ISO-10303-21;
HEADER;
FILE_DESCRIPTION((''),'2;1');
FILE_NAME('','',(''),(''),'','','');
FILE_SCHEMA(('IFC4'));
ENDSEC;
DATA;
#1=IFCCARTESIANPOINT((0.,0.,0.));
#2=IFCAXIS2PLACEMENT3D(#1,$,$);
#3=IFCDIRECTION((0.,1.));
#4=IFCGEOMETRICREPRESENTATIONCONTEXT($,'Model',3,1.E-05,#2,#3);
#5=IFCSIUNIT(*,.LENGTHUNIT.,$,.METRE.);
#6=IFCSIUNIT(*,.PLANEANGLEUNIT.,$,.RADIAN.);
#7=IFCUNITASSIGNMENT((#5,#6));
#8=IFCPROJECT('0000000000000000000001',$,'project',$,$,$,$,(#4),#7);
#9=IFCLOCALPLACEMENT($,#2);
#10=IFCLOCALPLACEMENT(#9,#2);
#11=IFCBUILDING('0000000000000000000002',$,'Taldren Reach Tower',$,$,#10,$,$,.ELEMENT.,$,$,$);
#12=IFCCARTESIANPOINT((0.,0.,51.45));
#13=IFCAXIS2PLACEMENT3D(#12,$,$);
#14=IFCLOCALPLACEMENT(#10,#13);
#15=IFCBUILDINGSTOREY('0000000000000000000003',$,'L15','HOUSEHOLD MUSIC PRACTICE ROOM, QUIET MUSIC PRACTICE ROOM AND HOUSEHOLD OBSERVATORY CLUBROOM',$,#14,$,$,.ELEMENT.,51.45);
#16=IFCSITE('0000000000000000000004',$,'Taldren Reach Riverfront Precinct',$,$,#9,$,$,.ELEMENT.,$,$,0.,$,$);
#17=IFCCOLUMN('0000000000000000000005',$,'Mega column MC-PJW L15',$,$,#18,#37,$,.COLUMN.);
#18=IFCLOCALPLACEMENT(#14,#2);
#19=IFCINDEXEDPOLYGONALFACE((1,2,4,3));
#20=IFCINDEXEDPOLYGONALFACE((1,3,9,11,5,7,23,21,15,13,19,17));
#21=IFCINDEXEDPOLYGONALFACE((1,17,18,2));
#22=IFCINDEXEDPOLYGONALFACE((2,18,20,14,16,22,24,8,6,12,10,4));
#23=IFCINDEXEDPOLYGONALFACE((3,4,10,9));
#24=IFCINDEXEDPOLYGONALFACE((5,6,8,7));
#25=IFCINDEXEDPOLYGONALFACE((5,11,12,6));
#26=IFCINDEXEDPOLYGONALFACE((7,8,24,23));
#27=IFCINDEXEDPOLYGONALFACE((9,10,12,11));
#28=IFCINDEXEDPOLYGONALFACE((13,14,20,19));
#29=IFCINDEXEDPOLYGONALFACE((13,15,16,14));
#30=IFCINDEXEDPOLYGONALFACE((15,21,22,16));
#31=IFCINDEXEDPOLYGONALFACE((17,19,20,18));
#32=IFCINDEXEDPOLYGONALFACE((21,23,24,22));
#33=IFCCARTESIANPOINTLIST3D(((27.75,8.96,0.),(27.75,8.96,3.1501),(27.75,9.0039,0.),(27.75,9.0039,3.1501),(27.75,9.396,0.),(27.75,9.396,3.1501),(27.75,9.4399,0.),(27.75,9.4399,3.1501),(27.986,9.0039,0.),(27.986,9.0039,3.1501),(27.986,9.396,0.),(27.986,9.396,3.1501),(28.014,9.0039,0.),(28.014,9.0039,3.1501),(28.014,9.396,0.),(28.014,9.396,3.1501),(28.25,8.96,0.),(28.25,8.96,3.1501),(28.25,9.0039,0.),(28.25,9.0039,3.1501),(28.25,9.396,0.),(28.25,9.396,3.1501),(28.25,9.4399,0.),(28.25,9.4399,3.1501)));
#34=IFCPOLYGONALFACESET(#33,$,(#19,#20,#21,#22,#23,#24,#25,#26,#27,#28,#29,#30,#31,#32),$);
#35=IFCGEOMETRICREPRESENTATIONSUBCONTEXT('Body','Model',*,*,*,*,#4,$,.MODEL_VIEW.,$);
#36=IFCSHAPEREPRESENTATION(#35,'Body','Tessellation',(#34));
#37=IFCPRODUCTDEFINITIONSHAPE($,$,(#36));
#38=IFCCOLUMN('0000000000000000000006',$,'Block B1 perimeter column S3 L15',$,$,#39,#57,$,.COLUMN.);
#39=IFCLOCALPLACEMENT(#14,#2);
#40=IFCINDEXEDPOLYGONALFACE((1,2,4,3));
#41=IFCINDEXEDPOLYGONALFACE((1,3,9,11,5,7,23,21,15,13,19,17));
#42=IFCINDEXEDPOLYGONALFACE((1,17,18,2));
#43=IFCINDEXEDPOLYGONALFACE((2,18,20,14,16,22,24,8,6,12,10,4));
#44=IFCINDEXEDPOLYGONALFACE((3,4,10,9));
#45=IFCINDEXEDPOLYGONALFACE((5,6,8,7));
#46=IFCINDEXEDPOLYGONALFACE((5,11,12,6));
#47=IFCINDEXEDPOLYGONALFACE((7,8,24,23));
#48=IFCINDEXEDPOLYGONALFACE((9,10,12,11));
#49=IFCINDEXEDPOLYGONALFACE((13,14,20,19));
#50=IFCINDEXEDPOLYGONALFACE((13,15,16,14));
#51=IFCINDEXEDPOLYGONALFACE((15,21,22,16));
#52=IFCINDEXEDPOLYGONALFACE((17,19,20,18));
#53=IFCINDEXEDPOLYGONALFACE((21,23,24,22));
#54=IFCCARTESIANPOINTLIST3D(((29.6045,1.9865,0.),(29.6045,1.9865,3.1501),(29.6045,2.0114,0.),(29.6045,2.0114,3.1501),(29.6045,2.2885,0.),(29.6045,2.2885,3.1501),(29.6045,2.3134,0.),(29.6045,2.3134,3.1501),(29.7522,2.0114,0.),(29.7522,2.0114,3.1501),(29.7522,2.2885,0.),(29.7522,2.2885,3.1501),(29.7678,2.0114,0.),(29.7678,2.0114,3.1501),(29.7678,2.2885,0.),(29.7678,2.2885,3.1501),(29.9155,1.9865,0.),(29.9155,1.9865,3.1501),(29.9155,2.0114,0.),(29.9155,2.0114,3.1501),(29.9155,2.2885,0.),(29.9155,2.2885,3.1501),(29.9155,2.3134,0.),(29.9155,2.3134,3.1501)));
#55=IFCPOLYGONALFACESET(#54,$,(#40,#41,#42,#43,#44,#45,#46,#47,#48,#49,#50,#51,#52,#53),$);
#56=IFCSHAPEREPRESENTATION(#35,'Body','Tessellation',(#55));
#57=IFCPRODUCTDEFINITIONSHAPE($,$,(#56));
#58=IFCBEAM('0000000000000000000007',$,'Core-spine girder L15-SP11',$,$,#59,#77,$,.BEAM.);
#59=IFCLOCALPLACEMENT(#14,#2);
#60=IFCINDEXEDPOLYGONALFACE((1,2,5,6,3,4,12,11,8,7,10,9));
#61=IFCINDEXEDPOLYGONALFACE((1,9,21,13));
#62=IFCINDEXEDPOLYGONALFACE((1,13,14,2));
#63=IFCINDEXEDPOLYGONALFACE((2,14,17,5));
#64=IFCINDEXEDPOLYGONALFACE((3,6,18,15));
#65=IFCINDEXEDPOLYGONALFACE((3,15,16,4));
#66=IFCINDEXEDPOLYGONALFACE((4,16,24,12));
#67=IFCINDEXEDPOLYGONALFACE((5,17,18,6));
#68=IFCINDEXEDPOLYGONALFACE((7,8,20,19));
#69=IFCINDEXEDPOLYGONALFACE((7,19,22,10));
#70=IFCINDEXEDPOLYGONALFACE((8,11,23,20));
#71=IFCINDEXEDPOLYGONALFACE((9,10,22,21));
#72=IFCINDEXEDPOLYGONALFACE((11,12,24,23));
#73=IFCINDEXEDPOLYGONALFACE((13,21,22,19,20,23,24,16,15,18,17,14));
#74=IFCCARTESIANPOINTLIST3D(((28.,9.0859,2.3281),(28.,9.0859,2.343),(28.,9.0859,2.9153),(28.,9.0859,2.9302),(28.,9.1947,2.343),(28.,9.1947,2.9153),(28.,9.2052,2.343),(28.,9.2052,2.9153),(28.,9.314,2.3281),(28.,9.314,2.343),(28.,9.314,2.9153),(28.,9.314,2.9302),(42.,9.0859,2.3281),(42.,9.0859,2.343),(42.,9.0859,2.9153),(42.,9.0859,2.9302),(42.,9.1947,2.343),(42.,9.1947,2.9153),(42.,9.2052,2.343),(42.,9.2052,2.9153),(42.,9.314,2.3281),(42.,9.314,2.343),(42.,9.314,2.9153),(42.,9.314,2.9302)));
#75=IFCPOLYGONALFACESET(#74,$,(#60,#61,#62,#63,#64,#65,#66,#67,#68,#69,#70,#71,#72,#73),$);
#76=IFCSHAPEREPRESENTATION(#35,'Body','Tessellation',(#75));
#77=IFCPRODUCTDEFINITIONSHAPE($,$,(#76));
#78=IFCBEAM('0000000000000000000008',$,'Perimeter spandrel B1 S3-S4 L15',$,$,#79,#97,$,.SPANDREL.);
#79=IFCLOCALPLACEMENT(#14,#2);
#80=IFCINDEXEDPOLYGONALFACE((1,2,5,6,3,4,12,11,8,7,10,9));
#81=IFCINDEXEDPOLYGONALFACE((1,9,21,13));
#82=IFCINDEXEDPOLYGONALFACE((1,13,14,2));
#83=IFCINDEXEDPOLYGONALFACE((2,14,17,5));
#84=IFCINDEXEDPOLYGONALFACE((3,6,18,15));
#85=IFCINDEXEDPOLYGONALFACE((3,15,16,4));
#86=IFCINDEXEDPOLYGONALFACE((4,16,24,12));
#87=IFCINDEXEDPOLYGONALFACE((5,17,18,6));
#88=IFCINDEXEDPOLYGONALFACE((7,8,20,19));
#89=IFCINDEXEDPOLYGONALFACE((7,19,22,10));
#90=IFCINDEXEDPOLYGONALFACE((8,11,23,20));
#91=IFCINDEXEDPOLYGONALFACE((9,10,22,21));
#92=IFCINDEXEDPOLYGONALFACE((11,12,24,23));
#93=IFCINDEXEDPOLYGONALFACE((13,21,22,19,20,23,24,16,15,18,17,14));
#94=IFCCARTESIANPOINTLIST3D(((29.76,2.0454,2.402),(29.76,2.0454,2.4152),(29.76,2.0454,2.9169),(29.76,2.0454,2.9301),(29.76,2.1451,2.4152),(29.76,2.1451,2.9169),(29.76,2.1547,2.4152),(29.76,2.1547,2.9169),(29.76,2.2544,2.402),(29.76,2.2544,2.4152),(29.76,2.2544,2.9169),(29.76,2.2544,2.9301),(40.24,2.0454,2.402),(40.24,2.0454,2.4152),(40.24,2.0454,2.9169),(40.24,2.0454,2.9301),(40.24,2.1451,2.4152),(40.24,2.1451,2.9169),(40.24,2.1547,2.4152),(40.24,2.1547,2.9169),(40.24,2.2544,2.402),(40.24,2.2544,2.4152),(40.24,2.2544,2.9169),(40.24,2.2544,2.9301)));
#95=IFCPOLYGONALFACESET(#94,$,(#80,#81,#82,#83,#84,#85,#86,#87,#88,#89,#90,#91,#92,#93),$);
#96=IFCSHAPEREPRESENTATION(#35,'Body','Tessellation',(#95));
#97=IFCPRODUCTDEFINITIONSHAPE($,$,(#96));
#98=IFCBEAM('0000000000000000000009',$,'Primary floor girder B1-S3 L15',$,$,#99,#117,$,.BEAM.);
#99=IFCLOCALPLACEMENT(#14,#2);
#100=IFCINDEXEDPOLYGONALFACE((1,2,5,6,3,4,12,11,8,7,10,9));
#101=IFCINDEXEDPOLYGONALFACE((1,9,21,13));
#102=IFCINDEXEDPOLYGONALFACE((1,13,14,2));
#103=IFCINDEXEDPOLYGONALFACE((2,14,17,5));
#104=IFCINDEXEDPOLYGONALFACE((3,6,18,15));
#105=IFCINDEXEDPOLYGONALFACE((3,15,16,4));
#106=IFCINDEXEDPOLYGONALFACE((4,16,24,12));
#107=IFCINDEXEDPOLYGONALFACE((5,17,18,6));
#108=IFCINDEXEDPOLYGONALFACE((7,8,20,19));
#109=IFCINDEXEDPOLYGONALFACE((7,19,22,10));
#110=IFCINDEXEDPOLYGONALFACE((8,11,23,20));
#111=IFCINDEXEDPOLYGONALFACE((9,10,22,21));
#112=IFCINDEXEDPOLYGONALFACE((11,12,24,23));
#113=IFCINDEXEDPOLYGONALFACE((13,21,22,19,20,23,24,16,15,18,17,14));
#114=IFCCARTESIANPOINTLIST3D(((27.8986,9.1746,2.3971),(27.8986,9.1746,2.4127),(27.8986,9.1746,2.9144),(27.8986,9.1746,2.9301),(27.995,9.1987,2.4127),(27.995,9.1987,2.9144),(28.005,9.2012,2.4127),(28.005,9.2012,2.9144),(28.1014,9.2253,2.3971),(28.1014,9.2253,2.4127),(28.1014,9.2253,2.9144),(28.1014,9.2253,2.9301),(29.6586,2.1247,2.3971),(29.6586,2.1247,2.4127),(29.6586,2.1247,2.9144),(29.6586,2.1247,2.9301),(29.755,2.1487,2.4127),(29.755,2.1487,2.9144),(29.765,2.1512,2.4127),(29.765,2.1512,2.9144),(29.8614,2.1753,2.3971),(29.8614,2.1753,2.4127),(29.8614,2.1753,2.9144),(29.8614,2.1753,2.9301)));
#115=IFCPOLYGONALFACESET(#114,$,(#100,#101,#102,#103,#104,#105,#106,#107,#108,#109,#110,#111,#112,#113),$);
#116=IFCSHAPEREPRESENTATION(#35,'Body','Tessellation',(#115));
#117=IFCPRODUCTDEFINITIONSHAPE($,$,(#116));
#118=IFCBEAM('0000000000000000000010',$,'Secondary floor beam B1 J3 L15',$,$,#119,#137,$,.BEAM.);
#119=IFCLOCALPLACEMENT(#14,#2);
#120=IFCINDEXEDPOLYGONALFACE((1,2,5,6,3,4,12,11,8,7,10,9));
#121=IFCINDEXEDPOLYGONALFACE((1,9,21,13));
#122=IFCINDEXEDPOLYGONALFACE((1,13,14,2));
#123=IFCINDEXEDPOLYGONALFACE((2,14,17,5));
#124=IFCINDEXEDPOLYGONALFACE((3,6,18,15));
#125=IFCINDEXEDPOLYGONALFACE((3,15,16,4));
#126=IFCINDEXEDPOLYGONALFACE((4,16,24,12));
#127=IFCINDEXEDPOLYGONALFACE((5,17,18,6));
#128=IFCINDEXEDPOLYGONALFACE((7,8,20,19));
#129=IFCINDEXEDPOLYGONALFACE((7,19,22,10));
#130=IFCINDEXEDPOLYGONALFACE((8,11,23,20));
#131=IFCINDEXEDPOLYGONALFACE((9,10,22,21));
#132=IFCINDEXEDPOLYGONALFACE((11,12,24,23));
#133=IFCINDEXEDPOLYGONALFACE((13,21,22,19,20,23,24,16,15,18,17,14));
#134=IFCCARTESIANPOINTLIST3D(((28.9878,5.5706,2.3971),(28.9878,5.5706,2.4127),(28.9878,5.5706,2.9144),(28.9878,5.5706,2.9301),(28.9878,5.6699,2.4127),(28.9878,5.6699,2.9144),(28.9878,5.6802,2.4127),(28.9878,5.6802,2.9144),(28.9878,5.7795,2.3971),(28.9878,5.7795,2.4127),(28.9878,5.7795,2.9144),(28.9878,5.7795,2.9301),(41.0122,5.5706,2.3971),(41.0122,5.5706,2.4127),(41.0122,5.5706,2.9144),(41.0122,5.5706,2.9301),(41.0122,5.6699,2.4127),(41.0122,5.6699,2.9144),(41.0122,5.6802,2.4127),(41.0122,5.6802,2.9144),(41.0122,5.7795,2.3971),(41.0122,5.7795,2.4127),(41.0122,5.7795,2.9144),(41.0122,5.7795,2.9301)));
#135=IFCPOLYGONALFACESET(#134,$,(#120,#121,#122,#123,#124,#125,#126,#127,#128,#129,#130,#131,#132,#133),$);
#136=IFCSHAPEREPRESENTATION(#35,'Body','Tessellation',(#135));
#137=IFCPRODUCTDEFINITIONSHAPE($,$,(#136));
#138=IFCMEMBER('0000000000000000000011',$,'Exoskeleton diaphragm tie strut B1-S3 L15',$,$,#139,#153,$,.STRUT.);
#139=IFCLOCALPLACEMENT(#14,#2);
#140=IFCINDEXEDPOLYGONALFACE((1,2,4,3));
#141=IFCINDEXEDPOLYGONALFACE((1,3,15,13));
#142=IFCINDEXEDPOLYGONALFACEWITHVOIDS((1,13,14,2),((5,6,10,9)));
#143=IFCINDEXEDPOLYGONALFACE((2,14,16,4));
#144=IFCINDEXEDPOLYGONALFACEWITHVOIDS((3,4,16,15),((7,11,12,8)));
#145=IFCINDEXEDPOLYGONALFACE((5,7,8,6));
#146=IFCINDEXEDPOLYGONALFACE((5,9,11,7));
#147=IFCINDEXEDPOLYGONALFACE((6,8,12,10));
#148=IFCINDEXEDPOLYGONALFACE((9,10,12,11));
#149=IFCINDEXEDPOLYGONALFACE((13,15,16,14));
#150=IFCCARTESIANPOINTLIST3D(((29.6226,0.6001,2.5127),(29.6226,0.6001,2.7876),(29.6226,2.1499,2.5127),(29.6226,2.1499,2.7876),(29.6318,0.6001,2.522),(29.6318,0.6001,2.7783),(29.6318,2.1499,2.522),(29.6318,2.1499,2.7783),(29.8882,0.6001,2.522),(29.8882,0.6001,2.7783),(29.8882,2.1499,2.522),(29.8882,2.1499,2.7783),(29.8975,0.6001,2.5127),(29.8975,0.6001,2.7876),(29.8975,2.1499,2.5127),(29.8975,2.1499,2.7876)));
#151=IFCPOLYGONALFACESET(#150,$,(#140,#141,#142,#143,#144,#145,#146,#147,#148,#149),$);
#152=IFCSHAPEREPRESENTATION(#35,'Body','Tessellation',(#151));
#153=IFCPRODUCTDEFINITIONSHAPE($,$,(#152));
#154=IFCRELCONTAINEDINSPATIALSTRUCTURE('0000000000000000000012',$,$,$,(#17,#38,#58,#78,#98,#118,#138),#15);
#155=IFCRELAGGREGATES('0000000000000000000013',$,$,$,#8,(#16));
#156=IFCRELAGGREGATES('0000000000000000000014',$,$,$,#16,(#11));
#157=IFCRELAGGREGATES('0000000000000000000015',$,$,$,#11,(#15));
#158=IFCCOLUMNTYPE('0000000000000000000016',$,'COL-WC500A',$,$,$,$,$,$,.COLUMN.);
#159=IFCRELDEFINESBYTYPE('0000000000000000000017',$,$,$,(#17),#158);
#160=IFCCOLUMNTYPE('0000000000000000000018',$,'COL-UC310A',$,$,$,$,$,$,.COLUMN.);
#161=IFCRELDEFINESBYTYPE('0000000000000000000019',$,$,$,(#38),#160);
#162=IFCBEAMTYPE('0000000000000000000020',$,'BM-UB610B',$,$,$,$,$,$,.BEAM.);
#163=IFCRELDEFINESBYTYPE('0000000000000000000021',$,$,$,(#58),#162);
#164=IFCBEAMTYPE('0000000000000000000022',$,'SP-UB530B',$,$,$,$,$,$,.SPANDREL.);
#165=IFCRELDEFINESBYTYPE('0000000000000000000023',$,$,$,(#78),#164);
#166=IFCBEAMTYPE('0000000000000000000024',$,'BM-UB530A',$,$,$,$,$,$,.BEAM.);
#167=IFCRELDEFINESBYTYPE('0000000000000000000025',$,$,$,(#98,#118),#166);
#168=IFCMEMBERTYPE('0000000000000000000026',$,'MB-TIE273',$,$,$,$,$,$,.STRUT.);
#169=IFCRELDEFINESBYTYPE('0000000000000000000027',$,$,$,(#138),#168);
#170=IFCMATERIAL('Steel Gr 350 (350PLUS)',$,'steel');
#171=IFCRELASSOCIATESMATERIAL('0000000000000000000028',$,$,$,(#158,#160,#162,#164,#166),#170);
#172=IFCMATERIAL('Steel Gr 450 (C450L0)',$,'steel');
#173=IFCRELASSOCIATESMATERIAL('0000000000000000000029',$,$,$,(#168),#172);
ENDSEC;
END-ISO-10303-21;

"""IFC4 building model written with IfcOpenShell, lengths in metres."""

from ifc_helpers import new_model, si_unit, direction, frame, origin, origin_2d, place, context, subcontext, project, spatial, hollow_rectangle, i_section, extrude, source, transform, mapped, material, material_profile, profile_set, type_object, element, save


model = new_model("IFC4")

# Units and contexts
model_context = context("Model", 3, precision=1e-05, world=origin(), true_north=direction((0.0, 1.0)))
body_context = subcontext(model_context, "Body", "Model", "MODEL_VIEW")
ifc_project = project(units=[si_unit("LENGTHUNIT", "METRE"), si_unit("PLANEANGLEUNIT", "RADIAN")], contexts=[model_context])

# Site, building, storey
site_placement = place(None, origin())
site = spatial("IfcSite", under=ifc_project, at=site_placement, Name="Taldren Reach Riverfront Precinct", CompositionType="ELEMENT", RefElevation=0.0)
building_placement = place(site_placement, origin())
building = spatial("IfcBuilding", under=site, at=building_placement, Name="Taldren Reach Tower", CompositionType="ELEMENT")
storey_placement = place(building_placement, frame((0.0, 0.0, 51.45)))
storey = spatial("IfcBuildingStorey", under=building, at=storey_placement, Name="L15", Description="HOUSEHOLD MUSIC PRACTICE ROOM, QUIET MUSIC PRACTICE ROOM AND HOUSEHOLD OBSERVATORY CLUBROOM", CompositionType="ELEMENT", Elevation=51.45)

# Columns
ifc_material_1 = material(Name="Steel Gr 350 (350PLUS)", Category="steel")
ifc_material_profile_1 = material_profile(ifc_material_1, i_section(OverallWidth=0.5, OverallDepth=0.48, WebThickness=0.0281, FlangeThickness=0.0439, at=origin_2d()), Name="500WC440")
ifc_profile_set_1 = profile_set([ifc_material_profile_1], Name="Steel Gr 350 (350PLUS)")
column_type_1 = type_object("IfcColumnType", Name="COL-WC500A", PredefinedType="COLUMN", material=ifc_profile_set_1)
shared_shape_1 = source(origin(), body_context, "Body", "SweptSolid", [
    extrude(i_section(OverallWidth=0.5, OverallDepth=0.48, WebThickness=0.0281, FlangeThickness=0.0439, at=origin_2d()), origin(), (0.0, 0.0, 1.0), 3.1501),
])
column_1_placement = place(storey_placement, frame((28.0, 9.2, 0.0), z_axis=(0.0, 0.0, 1.0), x_axis=(1.0, 0.0, 0.0)))
element("IfcColumn", 1, at=column_1_placement, inside=storey, type_object=column_type_1, Name="Mega column MC-PJW L15", PredefinedType="COLUMN", context=body_context, shape_type="MappedRepresentation", body=[
    mapped(shared_shape_1, transform((0.0, 0.0, 0.0), scale=1.0)),
])
ifc_material_profile_2 = material_profile(ifc_material_1, i_section(OverallWidth=0.311, OverallDepth=0.3269, WebThickness=0.0156, FlangeThickness=0.0249, at=origin_2d()), Name="310UC158")
ifc_profile_set_2 = profile_set([ifc_material_profile_2], Name="Steel Gr 350 (350PLUS)")
column_type_2 = type_object("IfcColumnType", Name="COL-UC310A", PredefinedType="COLUMN", material=ifc_profile_set_2)
shared_shape_2 = source(origin(), body_context, "Body", "SweptSolid", [
    extrude(i_section(OverallWidth=0.311, OverallDepth=0.3269, WebThickness=0.0156, FlangeThickness=0.0249, at=origin_2d()), origin(), (0.0, 0.0, 1.0), 3.1501),
])
column_2_placement = place(storey_placement, frame((29.76, 2.1499, 0.0), z_axis=(0.0, 0.0, 1.0), x_axis=(1.0, 0.0, 0.0)))
element("IfcColumn", 2, at=column_2_placement, inside=storey, type_object=column_type_2, Name="Block B1 perimeter column S3 L15", PredefinedType="COLUMN", context=body_context, shape_type="MappedRepresentation", body=[
    mapped(shared_shape_2, transform((0.0, 0.0, 0.0), scale=1.0)),
])

# Beams
ifc_material_profile_3 = material_profile(ifc_material_1, i_section(OverallWidth=0.228, OverallDepth=0.6021, WebThickness=0.0105, FlangeThickness=0.0149, at=origin_2d()), Name="610UB101")
ifc_profile_set_3 = profile_set([ifc_material_profile_3], Name="Steel Gr 350 (350PLUS)")
beam_type_1 = type_object("IfcBeamType", Name="BM-UB610B", PredefinedType="BEAM", material=ifc_profile_set_3)
shared_shape_3 = source(origin(), body_context, "Body", "SweptSolid", [
    extrude(i_section(OverallWidth=0.228, OverallDepth=0.6021, WebThickness=0.0105, FlangeThickness=0.0149, at=origin_2d()), origin(), (0.0, 0.0, 1.0), 14.0),
])
beam_1_placement = place(storey_placement, frame((28.0, 9.2, 2.6292), z_axis=(1.0, 0.0, 0.0), x_axis=(0.0, 1.0, 0.0)))
element("IfcBeam", 3, at=beam_1_placement, inside=storey, type_object=beam_type_1, Name="Core-spine girder L15-SP11", PredefinedType="BEAM", context=body_context, shape_type="MappedRepresentation", body=[
    mapped(shared_shape_3, transform((0.0, 0.0, 0.0), scale=1.0)),
])
ifc_material_profile_4 = material_profile(ifc_material_1, i_section(OverallWidth=0.209, OverallDepth=0.5281, WebThickness=0.0095, FlangeThickness=0.0132, at=origin_2d()), Name="530UB82.0")
ifc_profile_set_4 = profile_set([ifc_material_profile_4], Name="Steel Gr 350 (350PLUS)")
beam_type_2 = type_object("IfcBeamType", Name="SP-UB530B", PredefinedType="SPANDREL", material=ifc_profile_set_4)
shared_shape_4 = source(origin(), body_context, "Body", "SweptSolid", [
    extrude(i_section(OverallWidth=0.209, OverallDepth=0.5281, WebThickness=0.0095, FlangeThickness=0.0132, at=origin_2d()), origin(), (0.0, 0.0, 1.0), 10.48),
])
beam_2_placement = place(storey_placement, frame((29.76, 2.1499, 2.666), z_axis=(1.0, 0.0, 0.0), x_axis=(0.0, 1.0, 0.0)))
element("IfcBeam", 4, at=beam_2_placement, inside=storey, type_object=beam_type_2, Name="Perimeter spandrel B1 S3-S4 L15", PredefinedType="SPANDREL", context=body_context, shape_type="MappedRepresentation", body=[
    mapped(shared_shape_4, transform((0.0, 0.0, 0.0), scale=1.0)),
])
ifc_material_profile_5 = material_profile(ifc_material_1, i_section(OverallWidth=0.209, OverallDepth=0.533, WebThickness=0.0103, FlangeThickness=0.0156, at=origin_2d()), Name="530UB92.4")
ifc_profile_set_5 = profile_set([ifc_material_profile_5], Name="Steel Gr 350 (350PLUS)")
beam_type_3 = type_object("IfcBeamType", Name="BM-UB530A", PredefinedType="BEAM", material=ifc_profile_set_5)
shared_shape_5 = source(origin(), body_context, "Body", "SweptSolid", [
    extrude(i_section(OverallWidth=0.209, OverallDepth=0.533, WebThickness=0.0103, FlangeThickness=0.0156, at=origin_2d()), origin(), (0.0, 0.0, 1.0), 7.2664),
])
beam_3_placement = place(storey_placement, frame((28.0, 9.2, 2.6636), z_axis=(0.242211, -0.970223, 0.0), x_axis=(0.970223, 0.242211, 0.0)))
element("IfcBeam", 5, at=beam_3_placement, inside=storey, type_object=beam_type_3, Name="Primary floor girder B1-S3 L15", PredefinedType="BEAM", context=body_context, shape_type="MappedRepresentation", body=[
    mapped(shared_shape_5, transform((0.0, 0.0, 0.0), scale=1.0)),
])
shared_shape_6 = source(origin(), body_context, "Body", "SweptSolid", [
    extrude(i_section(OverallWidth=0.209, OverallDepth=0.533, WebThickness=0.0103, FlangeThickness=0.0156, at=origin_2d()), origin(), (0.0, 0.0, 1.0), 12.0244),
])
beam_4_placement = place(storey_placement, frame((28.9878, 5.675, 2.6636), z_axis=(1.0, 0.0, 0.0), x_axis=(0.0, 1.0, 0.0)))
element("IfcBeam", 6, at=beam_4_placement, inside=storey, type_object=beam_type_3, Name="Secondary floor beam B1 J3 L15", PredefinedType="BEAM", context=body_context, shape_type="MappedRepresentation", body=[
    mapped(shared_shape_6, transform((0.0, 0.0, 0.0), scale=1.0)),
])

# Member
ifc_material_2 = material(Name="Steel Gr 450 (C450L0)", Category="steel")
ifc_material_profile_6 = material_profile(ifc_material_2, hollow_rectangle(XDim=0.2749, YDim=0.2749, WallThickness=0.0093, at=origin_2d()), Name="275x275x9.3SHS")
ifc_profile_set_6 = profile_set([ifc_material_profile_6], Name="Steel Gr 450 (C450L0)")
member_type_1 = type_object("IfcMemberType", Name="MB-TIE273", PredefinedType="STRUT", material=ifc_profile_set_6)
shared_shape_7 = source(origin(), body_context, "Body", "SweptSolid", [
    extrude(hollow_rectangle(XDim=0.2749, YDim=0.2749, WallThickness=0.0093, at=origin_2d()), origin(), (0.0, 0.0, 1.0), 1.5498),
])
member_1_placement = place(storey_placement, frame((29.76, 2.1499, 2.6501), z_axis=(0.0, -1.0, 0.0), x_axis=(1.0, 0.0, 0.0)))
element("IfcMember", 7, at=member_1_placement, inside=storey, type_object=member_type_1, Name="Exoskeleton diaphragm tie strut B1-S3 L15", PredefinedType="STRUT", context=body_context, shape_type="MappedRepresentation", body=[
    mapped(shared_shape_7, transform((0.0, 0.0, 0.0), scale=1.0)),
])

save(model, "model.ifc")
